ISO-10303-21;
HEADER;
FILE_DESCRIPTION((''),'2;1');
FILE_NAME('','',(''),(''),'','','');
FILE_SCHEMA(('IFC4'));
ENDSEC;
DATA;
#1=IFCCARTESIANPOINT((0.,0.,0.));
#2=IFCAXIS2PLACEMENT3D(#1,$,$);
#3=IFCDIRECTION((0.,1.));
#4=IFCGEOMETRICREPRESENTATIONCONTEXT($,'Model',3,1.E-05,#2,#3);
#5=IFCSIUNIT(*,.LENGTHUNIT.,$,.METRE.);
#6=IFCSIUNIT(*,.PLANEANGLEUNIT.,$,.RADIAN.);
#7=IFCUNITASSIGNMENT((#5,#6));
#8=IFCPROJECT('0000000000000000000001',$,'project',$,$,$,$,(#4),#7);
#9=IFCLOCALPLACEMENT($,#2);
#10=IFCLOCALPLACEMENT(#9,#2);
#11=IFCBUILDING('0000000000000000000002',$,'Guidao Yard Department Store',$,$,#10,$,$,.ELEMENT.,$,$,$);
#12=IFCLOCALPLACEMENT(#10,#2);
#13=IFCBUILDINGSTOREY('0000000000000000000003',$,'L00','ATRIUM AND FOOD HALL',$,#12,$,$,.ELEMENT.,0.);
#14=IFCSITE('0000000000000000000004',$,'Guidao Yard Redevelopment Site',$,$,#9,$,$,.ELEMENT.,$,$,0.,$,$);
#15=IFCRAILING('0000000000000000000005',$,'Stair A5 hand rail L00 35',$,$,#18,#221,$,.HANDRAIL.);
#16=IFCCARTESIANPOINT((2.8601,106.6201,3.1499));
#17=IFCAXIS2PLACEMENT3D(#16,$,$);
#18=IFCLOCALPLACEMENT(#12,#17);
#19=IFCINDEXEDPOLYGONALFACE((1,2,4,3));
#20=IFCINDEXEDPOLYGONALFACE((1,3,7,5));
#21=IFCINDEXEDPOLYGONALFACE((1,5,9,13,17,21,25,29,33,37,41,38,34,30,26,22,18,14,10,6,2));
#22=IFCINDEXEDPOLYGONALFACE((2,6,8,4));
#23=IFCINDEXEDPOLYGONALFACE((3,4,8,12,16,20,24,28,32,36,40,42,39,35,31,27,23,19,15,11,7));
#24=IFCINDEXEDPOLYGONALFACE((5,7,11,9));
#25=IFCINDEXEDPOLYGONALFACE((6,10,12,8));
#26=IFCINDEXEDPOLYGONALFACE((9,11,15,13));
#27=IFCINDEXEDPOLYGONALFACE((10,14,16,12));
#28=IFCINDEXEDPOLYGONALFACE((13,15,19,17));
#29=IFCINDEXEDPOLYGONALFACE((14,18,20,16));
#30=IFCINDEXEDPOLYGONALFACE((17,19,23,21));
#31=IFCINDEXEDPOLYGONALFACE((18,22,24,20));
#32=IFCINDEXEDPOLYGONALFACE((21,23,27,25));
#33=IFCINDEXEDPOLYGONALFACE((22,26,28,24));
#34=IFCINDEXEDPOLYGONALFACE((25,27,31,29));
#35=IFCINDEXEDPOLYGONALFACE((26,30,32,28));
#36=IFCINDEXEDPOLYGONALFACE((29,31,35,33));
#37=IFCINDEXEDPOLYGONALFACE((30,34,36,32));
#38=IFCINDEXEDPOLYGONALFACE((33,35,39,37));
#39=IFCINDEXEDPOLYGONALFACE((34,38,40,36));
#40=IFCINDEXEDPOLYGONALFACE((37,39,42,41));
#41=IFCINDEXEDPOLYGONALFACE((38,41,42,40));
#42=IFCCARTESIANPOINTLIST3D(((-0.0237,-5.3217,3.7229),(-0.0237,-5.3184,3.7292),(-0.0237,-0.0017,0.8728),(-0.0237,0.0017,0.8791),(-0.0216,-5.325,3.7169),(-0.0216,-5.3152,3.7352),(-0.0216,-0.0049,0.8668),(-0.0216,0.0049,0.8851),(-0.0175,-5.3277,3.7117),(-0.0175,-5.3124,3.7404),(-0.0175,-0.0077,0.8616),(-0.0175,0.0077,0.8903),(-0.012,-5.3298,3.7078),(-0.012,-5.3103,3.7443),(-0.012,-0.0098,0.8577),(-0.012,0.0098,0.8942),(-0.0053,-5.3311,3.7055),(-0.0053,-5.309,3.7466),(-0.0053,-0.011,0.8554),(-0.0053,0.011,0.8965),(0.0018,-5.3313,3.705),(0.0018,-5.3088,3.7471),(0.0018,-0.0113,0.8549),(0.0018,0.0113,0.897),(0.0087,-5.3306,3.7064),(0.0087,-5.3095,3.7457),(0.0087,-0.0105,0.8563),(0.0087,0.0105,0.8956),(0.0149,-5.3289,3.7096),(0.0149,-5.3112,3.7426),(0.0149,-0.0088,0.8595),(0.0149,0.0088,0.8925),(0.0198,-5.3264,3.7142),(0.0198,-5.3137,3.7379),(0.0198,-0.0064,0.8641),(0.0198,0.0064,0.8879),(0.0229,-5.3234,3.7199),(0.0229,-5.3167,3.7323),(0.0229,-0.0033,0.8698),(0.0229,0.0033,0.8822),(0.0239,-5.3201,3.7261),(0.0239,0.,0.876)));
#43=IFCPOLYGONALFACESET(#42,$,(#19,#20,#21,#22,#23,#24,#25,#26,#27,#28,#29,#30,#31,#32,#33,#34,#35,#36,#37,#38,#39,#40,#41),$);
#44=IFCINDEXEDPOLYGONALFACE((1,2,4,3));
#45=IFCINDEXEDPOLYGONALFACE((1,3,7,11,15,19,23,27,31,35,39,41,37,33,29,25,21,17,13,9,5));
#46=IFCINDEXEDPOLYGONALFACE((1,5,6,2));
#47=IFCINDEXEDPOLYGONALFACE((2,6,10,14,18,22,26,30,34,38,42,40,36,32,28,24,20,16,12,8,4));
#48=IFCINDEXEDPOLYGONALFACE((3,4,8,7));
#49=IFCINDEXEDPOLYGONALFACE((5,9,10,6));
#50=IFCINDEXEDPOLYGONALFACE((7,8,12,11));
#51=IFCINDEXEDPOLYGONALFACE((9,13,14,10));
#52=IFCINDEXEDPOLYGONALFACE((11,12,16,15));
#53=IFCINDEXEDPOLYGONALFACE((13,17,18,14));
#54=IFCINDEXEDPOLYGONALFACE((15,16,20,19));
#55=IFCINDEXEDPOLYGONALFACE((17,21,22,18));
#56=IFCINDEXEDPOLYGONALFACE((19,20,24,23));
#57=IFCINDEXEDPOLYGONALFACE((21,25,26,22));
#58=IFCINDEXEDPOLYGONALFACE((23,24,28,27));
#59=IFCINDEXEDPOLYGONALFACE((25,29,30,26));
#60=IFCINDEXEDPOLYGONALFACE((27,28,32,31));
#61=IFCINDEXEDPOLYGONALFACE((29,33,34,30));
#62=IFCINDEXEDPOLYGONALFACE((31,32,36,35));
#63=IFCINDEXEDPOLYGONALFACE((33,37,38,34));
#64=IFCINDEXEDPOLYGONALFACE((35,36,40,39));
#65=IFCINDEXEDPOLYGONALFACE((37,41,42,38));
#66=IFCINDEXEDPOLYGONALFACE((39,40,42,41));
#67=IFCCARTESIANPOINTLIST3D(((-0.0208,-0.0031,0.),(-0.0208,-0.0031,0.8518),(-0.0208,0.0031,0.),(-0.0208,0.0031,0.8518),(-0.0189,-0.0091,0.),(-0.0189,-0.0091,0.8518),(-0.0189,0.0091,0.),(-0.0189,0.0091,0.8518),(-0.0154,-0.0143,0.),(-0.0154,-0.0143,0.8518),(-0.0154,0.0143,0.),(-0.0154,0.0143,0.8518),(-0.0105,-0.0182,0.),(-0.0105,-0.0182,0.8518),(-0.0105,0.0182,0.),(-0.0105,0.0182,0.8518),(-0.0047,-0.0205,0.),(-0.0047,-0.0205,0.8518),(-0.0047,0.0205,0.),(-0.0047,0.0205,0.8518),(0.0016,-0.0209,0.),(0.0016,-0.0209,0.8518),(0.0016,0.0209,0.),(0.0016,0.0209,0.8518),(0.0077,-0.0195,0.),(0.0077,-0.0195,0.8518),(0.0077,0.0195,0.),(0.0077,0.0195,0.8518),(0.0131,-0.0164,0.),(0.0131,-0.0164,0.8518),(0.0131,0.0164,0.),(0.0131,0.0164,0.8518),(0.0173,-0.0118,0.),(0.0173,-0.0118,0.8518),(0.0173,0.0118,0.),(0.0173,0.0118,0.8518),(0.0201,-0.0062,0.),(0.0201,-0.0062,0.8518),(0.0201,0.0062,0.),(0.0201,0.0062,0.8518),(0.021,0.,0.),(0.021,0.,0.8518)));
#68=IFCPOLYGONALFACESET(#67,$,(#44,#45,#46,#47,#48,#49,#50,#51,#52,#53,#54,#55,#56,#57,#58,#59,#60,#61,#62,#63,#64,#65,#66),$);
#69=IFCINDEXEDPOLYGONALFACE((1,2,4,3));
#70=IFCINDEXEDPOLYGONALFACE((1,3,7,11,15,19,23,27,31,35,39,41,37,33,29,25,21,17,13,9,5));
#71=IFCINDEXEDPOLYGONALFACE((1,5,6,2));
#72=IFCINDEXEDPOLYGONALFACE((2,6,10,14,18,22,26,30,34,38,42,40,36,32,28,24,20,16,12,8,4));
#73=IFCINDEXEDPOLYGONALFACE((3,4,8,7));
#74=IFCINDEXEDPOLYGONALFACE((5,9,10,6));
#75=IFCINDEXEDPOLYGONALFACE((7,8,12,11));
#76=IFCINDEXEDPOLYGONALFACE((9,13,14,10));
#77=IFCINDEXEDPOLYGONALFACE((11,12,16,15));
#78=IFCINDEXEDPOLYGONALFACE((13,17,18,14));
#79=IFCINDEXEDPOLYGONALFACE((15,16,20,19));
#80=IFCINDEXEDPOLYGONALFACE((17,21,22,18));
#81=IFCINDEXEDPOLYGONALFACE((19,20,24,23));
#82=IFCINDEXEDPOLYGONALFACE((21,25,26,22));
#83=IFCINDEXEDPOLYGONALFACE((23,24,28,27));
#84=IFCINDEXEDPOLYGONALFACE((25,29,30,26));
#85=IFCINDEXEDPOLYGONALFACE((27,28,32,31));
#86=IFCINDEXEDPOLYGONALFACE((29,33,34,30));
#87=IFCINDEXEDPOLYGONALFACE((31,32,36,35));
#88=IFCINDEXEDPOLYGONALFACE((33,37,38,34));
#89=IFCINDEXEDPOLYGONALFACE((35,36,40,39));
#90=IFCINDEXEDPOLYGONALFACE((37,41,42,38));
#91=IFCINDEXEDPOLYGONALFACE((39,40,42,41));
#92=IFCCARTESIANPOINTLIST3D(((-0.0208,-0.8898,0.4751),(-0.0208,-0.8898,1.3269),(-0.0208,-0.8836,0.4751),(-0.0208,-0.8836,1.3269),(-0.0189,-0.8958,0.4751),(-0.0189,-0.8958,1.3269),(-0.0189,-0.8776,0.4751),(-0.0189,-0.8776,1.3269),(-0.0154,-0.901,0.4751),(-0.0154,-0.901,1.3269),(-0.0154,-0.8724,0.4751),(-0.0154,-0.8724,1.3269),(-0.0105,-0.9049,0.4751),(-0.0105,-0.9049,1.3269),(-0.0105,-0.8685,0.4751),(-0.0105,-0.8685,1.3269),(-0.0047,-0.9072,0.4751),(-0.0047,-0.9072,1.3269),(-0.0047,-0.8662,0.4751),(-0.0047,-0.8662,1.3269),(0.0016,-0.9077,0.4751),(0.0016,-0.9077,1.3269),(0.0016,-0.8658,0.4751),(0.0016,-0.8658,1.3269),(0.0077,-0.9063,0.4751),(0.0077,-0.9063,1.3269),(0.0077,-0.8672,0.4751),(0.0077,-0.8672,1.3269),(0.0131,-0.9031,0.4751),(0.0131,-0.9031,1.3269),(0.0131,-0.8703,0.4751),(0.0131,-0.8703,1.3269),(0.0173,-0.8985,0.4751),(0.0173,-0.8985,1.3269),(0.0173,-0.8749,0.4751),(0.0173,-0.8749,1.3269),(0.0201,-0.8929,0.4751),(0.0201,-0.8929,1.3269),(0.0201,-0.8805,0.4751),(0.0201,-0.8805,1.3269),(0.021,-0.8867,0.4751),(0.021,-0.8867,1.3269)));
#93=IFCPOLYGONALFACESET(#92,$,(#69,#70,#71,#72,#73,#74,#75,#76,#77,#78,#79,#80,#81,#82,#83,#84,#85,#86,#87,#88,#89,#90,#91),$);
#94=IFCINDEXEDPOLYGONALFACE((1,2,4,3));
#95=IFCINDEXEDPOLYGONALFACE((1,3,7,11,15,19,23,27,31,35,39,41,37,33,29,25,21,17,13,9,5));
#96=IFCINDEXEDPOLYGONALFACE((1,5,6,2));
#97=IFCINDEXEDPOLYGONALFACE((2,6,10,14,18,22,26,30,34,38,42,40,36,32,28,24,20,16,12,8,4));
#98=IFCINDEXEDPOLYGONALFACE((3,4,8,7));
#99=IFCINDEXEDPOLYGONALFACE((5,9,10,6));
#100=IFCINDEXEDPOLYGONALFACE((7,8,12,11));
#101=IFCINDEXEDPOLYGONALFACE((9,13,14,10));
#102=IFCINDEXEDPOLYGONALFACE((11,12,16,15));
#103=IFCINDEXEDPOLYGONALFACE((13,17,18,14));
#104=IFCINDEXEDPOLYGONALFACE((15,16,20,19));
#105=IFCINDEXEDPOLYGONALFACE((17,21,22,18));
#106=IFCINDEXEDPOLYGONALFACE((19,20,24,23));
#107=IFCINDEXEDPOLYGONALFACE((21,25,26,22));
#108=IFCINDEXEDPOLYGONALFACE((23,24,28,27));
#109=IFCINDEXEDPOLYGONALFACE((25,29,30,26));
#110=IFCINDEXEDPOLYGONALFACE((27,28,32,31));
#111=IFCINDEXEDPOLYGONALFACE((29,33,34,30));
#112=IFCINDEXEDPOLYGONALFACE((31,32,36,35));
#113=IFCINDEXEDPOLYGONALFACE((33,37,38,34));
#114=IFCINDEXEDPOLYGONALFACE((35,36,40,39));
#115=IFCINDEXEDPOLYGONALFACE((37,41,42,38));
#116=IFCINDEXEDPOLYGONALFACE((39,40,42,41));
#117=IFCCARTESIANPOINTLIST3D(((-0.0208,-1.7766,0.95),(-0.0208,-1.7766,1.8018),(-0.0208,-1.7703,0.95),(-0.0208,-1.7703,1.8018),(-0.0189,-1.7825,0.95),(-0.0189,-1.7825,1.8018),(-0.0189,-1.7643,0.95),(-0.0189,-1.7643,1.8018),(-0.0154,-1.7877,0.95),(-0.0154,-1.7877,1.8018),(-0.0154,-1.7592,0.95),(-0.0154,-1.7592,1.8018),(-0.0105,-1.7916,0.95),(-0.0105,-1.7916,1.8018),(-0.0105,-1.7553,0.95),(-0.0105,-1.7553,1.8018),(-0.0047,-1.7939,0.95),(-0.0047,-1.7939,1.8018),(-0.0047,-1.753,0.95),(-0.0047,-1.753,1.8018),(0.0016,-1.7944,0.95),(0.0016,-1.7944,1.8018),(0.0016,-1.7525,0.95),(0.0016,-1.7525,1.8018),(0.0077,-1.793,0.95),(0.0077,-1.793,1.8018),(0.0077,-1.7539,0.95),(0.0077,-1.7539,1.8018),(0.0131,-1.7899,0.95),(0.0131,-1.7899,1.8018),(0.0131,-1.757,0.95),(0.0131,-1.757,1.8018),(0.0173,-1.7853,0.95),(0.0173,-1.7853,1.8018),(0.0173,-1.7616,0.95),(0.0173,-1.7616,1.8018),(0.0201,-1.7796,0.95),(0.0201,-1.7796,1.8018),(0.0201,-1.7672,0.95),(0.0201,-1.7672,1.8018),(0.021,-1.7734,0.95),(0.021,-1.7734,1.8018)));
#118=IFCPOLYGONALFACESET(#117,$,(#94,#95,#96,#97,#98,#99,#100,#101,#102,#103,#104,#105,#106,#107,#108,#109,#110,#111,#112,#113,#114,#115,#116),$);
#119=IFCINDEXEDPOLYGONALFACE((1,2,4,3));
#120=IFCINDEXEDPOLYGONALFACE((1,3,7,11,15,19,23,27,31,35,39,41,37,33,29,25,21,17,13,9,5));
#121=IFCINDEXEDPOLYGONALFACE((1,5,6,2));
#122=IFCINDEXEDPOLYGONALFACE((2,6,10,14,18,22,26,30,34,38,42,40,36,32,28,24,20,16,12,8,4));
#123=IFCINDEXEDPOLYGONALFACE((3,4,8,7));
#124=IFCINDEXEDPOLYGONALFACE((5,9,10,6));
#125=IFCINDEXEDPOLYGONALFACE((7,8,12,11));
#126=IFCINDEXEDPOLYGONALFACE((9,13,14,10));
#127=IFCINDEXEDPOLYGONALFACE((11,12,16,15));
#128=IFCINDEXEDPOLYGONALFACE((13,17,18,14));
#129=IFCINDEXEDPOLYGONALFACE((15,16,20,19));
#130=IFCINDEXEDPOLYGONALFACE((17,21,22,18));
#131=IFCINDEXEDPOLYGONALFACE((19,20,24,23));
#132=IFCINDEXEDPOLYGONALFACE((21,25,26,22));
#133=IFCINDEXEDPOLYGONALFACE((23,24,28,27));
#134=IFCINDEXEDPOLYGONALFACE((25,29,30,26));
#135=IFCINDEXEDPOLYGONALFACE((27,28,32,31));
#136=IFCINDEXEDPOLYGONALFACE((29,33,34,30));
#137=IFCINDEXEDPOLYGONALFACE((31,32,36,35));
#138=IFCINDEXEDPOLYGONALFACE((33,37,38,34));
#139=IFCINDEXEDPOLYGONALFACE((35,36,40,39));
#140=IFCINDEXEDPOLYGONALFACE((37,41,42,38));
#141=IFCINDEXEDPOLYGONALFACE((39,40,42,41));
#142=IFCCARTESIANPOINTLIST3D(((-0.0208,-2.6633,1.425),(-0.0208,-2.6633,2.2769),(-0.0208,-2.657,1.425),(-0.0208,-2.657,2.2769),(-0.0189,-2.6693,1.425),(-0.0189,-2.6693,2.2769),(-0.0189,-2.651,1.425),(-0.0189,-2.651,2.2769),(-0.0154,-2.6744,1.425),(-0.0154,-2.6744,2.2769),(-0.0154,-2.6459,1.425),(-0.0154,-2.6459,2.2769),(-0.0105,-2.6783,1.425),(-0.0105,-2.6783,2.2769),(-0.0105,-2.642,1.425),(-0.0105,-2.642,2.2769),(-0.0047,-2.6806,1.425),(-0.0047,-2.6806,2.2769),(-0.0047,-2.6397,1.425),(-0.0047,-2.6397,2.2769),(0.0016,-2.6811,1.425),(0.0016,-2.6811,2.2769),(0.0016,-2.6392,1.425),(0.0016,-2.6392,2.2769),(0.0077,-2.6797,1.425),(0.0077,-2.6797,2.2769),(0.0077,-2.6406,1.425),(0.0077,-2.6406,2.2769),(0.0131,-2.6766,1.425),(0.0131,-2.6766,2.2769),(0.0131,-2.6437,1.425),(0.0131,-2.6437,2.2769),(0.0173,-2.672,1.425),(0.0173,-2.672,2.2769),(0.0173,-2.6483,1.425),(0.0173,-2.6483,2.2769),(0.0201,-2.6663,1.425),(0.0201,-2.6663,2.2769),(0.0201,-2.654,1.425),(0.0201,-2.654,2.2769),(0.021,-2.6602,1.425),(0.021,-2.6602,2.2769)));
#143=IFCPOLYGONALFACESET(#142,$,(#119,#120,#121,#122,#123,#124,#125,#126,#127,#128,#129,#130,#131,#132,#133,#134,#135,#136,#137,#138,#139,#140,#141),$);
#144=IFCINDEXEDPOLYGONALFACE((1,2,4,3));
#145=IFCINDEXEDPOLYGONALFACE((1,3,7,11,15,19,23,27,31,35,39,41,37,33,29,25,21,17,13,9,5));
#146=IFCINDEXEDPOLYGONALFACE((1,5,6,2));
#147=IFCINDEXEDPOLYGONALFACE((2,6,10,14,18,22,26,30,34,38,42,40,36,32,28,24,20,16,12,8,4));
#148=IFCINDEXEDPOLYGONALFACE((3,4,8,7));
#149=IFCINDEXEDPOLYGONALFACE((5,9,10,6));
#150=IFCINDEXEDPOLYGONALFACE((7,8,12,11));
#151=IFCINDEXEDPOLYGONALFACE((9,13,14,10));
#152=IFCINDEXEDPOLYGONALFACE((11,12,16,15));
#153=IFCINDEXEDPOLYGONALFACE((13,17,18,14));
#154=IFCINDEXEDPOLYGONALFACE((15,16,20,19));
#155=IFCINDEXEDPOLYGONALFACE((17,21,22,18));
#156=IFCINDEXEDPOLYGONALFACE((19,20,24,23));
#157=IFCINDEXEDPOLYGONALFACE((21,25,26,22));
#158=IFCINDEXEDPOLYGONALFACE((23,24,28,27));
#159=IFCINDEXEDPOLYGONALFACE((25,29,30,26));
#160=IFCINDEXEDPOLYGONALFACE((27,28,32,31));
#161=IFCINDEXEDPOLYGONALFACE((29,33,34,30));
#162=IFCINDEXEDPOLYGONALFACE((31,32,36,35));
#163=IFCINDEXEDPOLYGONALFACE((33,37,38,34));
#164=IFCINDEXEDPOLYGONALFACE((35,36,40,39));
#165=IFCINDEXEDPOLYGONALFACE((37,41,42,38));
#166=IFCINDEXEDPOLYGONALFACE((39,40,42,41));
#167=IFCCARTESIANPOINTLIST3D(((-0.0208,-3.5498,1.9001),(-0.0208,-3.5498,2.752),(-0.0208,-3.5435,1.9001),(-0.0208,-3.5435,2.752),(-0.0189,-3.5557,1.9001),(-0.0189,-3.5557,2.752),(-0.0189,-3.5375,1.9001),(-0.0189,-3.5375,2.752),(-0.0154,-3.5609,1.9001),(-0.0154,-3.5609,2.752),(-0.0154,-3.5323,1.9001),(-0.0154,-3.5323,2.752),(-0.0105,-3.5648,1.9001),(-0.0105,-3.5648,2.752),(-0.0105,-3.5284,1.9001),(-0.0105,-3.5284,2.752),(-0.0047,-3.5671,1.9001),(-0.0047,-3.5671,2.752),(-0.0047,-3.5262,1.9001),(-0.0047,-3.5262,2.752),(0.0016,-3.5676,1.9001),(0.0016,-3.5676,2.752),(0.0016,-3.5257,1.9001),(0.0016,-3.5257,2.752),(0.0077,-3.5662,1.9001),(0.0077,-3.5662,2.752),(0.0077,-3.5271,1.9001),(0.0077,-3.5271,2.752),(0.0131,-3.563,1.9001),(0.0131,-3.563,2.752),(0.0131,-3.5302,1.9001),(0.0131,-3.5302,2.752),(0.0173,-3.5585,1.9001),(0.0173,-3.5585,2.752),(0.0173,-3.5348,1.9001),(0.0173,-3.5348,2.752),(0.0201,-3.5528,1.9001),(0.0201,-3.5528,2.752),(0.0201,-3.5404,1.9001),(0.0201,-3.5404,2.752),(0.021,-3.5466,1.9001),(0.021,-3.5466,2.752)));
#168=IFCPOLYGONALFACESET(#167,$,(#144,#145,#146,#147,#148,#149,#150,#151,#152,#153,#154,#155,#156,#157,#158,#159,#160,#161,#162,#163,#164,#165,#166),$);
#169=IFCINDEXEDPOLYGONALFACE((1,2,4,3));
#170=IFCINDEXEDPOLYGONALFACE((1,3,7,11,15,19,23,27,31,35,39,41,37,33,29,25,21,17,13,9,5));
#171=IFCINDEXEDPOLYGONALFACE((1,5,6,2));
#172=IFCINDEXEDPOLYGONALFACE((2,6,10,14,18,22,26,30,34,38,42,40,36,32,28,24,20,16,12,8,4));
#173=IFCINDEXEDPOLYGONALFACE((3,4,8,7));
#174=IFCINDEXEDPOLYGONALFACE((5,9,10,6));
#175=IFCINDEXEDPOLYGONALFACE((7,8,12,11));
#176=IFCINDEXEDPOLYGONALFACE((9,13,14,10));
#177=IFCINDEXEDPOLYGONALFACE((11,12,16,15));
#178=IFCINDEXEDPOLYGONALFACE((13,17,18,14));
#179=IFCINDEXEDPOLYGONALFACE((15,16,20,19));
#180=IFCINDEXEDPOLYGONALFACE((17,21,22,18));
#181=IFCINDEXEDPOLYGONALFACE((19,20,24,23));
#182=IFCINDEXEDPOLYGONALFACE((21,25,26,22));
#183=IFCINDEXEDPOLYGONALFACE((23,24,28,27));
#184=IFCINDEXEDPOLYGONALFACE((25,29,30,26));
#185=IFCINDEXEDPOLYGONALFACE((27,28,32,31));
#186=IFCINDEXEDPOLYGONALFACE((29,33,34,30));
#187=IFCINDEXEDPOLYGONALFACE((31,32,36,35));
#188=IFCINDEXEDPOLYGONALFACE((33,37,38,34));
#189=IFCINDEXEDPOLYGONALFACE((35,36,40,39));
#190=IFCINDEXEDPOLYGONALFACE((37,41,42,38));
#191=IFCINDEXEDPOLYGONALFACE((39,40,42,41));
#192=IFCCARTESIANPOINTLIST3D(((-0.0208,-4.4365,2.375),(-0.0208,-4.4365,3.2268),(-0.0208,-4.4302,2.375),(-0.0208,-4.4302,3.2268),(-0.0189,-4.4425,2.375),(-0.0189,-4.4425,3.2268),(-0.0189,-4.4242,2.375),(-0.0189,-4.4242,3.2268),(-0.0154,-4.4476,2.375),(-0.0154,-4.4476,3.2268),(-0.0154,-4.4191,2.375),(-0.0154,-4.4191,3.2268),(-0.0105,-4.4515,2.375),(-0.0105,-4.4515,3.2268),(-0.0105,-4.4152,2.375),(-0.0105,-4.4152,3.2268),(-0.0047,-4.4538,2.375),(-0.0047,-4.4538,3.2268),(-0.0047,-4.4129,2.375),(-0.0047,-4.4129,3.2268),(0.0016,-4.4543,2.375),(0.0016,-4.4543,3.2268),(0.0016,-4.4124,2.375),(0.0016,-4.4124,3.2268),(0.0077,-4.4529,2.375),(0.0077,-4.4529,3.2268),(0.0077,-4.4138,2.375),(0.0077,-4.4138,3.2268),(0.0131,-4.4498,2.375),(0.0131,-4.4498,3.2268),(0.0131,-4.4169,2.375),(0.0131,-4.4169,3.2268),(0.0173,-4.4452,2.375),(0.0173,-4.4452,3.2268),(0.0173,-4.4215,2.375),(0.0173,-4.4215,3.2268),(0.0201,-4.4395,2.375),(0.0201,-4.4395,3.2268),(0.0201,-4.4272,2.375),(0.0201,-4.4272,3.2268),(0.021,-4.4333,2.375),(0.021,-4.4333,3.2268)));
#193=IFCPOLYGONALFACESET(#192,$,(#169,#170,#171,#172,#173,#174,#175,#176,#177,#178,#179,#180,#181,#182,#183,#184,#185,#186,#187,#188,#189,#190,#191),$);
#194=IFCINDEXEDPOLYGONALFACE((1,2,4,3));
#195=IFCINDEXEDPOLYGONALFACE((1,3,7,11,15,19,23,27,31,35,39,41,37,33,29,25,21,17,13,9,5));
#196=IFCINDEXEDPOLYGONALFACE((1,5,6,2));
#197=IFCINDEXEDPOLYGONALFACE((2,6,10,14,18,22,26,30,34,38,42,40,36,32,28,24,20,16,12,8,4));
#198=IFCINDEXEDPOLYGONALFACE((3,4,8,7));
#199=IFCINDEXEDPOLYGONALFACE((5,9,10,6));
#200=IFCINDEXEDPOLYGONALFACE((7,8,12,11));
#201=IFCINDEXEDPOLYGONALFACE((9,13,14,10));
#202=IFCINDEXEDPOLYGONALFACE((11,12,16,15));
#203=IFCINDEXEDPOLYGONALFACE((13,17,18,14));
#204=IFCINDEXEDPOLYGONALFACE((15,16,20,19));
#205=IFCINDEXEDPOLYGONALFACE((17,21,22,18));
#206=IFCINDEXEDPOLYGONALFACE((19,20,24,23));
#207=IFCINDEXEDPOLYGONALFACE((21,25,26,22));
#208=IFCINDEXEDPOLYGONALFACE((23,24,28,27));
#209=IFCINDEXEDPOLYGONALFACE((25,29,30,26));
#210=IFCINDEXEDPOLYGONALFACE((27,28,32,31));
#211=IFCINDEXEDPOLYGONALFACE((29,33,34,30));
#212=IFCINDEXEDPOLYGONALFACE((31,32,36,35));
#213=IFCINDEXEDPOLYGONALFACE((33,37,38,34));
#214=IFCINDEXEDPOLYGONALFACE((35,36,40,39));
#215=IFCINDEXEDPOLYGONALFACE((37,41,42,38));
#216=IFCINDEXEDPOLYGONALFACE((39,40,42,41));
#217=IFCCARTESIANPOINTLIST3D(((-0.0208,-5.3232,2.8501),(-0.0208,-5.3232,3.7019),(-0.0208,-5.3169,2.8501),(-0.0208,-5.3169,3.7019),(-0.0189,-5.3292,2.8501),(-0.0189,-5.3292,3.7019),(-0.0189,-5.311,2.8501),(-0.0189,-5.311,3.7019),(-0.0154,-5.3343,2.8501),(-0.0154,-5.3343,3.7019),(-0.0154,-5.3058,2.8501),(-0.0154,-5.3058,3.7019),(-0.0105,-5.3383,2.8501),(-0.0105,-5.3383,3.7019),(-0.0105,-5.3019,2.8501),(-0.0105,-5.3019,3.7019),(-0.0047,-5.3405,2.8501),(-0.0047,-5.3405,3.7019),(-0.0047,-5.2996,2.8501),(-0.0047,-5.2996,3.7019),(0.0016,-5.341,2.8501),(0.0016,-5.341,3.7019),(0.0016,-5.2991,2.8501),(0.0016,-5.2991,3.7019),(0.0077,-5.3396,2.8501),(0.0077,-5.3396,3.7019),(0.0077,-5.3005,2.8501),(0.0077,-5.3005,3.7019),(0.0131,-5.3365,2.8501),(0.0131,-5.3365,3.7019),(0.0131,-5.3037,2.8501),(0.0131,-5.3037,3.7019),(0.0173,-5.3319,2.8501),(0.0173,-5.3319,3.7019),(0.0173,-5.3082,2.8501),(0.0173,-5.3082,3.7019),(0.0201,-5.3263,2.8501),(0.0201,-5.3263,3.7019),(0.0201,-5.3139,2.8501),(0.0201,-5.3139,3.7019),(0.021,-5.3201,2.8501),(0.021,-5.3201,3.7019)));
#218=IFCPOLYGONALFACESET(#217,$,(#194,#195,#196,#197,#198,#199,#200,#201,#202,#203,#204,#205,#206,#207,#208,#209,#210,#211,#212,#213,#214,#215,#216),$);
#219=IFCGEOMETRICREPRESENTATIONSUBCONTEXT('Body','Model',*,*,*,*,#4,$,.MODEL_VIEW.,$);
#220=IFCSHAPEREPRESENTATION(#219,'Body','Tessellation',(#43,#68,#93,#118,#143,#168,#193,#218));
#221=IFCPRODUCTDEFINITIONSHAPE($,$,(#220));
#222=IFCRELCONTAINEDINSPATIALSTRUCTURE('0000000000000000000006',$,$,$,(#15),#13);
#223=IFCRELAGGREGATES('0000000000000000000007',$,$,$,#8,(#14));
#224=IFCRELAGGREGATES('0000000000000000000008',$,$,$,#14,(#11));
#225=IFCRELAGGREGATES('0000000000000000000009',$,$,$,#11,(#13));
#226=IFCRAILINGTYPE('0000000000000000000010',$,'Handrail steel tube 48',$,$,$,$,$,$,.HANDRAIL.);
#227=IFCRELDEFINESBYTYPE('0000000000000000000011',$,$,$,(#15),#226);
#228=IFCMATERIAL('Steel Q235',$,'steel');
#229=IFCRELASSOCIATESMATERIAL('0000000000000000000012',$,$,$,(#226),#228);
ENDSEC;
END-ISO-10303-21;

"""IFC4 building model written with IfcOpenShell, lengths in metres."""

from ifc_helpers import new_model, si_unit, direction, frame, origin, origin_2d, place, context, subcontext, project, spatial, circle, extrude, material, type_object, element, save


model = new_model("IFC4")

# Units and contexts
model_context = context("Model", 3, precision=1e-05, world=origin(), true_north=direction((0.0, 1.0)))
body_context = subcontext(model_context, "Body", "Model", "MODEL_VIEW")
ifc_project = project(units=[si_unit("LENGTHUNIT", "METRE"), si_unit("PLANEANGLEUNIT", "RADIAN")], contexts=[model_context])

# Site, building, storey
site_placement = place(None, origin())
site = spatial("IfcSite", under=ifc_project, at=site_placement, Name="Guidao Yard Redevelopment Site", CompositionType="ELEMENT", RefElevation=0.0)
building_placement = place(site_placement, origin())
building = spatial("IfcBuilding", under=site, at=building_placement, Name="Guidao Yard Department Store", CompositionType="ELEMENT")
storey_placement = place(building_placement, origin())
storey = spatial("IfcBuildingStorey", under=building, at=storey_placement, Name="L00", Description="ATRIUM AND FOOD HALL", CompositionType="ELEMENT", Elevation=0.0)

# Railing
ifc_material_1 = material(Name="Steel Q235", Category="steel")
railing_type_1 = type_object("IfcRailingType", Name="Handrail steel tube 48", PredefinedType="HANDRAIL", material=ifc_material_1)
railing_1_placement = place(storey_placement, frame((2.8601, 106.6201, 3.1499)))
element("IfcRailing", 1, at=railing_1_placement, inside=storey, type_object=railing_type_1, Name="Stair A5 hand rail L00 35", PredefinedType="HANDRAIL", context=body_context, shape_type="SweptSolid", body=[
    extrude(circle(Radius=0.0239, at=origin_2d()), frame((0.0, 0.0, 0.876), z_axis=(0.0, -0.881476, 0.472229), x_axis=(1.0, 0.0, 0.0)), (0.0, 0.0, 1.0), 6.0354),
    extrude(circle(Radius=0.021, at=origin_2d()), origin(), (0.0, 0.0, 1.0), 0.8518),
    extrude(circle(Radius=0.021, at=origin_2d()), frame((0.0, -0.8867, 0.4751)), (0.0, 0.0, 1.0), 0.8518),
    extrude(circle(Radius=0.021, at=origin_2d()), frame((0.0, -1.7734, 0.95)), (0.0, 0.0, 1.0), 0.8518),
    extrude(circle(Radius=0.021, at=origin_2d()), frame((0.0, -2.6602, 1.425)), (0.0, 0.0, 1.0), 0.8518),
    extrude(circle(Radius=0.021, at=origin_2d()), frame((0.0, -3.5466, 1.9001)), (0.0, 0.0, 1.0), 0.8518),
    extrude(circle(Radius=0.021, at=origin_2d()), frame((0.0, -4.4333, 2.375)), (0.0, 0.0, 1.0), 0.8518),
    extrude(circle(Radius=0.021, at=origin_2d()), frame((0.0, -5.3201, 2.8501)), (0.0, 0.0, 1.0), 0.8518),
])

save(model, "model.ifc")
